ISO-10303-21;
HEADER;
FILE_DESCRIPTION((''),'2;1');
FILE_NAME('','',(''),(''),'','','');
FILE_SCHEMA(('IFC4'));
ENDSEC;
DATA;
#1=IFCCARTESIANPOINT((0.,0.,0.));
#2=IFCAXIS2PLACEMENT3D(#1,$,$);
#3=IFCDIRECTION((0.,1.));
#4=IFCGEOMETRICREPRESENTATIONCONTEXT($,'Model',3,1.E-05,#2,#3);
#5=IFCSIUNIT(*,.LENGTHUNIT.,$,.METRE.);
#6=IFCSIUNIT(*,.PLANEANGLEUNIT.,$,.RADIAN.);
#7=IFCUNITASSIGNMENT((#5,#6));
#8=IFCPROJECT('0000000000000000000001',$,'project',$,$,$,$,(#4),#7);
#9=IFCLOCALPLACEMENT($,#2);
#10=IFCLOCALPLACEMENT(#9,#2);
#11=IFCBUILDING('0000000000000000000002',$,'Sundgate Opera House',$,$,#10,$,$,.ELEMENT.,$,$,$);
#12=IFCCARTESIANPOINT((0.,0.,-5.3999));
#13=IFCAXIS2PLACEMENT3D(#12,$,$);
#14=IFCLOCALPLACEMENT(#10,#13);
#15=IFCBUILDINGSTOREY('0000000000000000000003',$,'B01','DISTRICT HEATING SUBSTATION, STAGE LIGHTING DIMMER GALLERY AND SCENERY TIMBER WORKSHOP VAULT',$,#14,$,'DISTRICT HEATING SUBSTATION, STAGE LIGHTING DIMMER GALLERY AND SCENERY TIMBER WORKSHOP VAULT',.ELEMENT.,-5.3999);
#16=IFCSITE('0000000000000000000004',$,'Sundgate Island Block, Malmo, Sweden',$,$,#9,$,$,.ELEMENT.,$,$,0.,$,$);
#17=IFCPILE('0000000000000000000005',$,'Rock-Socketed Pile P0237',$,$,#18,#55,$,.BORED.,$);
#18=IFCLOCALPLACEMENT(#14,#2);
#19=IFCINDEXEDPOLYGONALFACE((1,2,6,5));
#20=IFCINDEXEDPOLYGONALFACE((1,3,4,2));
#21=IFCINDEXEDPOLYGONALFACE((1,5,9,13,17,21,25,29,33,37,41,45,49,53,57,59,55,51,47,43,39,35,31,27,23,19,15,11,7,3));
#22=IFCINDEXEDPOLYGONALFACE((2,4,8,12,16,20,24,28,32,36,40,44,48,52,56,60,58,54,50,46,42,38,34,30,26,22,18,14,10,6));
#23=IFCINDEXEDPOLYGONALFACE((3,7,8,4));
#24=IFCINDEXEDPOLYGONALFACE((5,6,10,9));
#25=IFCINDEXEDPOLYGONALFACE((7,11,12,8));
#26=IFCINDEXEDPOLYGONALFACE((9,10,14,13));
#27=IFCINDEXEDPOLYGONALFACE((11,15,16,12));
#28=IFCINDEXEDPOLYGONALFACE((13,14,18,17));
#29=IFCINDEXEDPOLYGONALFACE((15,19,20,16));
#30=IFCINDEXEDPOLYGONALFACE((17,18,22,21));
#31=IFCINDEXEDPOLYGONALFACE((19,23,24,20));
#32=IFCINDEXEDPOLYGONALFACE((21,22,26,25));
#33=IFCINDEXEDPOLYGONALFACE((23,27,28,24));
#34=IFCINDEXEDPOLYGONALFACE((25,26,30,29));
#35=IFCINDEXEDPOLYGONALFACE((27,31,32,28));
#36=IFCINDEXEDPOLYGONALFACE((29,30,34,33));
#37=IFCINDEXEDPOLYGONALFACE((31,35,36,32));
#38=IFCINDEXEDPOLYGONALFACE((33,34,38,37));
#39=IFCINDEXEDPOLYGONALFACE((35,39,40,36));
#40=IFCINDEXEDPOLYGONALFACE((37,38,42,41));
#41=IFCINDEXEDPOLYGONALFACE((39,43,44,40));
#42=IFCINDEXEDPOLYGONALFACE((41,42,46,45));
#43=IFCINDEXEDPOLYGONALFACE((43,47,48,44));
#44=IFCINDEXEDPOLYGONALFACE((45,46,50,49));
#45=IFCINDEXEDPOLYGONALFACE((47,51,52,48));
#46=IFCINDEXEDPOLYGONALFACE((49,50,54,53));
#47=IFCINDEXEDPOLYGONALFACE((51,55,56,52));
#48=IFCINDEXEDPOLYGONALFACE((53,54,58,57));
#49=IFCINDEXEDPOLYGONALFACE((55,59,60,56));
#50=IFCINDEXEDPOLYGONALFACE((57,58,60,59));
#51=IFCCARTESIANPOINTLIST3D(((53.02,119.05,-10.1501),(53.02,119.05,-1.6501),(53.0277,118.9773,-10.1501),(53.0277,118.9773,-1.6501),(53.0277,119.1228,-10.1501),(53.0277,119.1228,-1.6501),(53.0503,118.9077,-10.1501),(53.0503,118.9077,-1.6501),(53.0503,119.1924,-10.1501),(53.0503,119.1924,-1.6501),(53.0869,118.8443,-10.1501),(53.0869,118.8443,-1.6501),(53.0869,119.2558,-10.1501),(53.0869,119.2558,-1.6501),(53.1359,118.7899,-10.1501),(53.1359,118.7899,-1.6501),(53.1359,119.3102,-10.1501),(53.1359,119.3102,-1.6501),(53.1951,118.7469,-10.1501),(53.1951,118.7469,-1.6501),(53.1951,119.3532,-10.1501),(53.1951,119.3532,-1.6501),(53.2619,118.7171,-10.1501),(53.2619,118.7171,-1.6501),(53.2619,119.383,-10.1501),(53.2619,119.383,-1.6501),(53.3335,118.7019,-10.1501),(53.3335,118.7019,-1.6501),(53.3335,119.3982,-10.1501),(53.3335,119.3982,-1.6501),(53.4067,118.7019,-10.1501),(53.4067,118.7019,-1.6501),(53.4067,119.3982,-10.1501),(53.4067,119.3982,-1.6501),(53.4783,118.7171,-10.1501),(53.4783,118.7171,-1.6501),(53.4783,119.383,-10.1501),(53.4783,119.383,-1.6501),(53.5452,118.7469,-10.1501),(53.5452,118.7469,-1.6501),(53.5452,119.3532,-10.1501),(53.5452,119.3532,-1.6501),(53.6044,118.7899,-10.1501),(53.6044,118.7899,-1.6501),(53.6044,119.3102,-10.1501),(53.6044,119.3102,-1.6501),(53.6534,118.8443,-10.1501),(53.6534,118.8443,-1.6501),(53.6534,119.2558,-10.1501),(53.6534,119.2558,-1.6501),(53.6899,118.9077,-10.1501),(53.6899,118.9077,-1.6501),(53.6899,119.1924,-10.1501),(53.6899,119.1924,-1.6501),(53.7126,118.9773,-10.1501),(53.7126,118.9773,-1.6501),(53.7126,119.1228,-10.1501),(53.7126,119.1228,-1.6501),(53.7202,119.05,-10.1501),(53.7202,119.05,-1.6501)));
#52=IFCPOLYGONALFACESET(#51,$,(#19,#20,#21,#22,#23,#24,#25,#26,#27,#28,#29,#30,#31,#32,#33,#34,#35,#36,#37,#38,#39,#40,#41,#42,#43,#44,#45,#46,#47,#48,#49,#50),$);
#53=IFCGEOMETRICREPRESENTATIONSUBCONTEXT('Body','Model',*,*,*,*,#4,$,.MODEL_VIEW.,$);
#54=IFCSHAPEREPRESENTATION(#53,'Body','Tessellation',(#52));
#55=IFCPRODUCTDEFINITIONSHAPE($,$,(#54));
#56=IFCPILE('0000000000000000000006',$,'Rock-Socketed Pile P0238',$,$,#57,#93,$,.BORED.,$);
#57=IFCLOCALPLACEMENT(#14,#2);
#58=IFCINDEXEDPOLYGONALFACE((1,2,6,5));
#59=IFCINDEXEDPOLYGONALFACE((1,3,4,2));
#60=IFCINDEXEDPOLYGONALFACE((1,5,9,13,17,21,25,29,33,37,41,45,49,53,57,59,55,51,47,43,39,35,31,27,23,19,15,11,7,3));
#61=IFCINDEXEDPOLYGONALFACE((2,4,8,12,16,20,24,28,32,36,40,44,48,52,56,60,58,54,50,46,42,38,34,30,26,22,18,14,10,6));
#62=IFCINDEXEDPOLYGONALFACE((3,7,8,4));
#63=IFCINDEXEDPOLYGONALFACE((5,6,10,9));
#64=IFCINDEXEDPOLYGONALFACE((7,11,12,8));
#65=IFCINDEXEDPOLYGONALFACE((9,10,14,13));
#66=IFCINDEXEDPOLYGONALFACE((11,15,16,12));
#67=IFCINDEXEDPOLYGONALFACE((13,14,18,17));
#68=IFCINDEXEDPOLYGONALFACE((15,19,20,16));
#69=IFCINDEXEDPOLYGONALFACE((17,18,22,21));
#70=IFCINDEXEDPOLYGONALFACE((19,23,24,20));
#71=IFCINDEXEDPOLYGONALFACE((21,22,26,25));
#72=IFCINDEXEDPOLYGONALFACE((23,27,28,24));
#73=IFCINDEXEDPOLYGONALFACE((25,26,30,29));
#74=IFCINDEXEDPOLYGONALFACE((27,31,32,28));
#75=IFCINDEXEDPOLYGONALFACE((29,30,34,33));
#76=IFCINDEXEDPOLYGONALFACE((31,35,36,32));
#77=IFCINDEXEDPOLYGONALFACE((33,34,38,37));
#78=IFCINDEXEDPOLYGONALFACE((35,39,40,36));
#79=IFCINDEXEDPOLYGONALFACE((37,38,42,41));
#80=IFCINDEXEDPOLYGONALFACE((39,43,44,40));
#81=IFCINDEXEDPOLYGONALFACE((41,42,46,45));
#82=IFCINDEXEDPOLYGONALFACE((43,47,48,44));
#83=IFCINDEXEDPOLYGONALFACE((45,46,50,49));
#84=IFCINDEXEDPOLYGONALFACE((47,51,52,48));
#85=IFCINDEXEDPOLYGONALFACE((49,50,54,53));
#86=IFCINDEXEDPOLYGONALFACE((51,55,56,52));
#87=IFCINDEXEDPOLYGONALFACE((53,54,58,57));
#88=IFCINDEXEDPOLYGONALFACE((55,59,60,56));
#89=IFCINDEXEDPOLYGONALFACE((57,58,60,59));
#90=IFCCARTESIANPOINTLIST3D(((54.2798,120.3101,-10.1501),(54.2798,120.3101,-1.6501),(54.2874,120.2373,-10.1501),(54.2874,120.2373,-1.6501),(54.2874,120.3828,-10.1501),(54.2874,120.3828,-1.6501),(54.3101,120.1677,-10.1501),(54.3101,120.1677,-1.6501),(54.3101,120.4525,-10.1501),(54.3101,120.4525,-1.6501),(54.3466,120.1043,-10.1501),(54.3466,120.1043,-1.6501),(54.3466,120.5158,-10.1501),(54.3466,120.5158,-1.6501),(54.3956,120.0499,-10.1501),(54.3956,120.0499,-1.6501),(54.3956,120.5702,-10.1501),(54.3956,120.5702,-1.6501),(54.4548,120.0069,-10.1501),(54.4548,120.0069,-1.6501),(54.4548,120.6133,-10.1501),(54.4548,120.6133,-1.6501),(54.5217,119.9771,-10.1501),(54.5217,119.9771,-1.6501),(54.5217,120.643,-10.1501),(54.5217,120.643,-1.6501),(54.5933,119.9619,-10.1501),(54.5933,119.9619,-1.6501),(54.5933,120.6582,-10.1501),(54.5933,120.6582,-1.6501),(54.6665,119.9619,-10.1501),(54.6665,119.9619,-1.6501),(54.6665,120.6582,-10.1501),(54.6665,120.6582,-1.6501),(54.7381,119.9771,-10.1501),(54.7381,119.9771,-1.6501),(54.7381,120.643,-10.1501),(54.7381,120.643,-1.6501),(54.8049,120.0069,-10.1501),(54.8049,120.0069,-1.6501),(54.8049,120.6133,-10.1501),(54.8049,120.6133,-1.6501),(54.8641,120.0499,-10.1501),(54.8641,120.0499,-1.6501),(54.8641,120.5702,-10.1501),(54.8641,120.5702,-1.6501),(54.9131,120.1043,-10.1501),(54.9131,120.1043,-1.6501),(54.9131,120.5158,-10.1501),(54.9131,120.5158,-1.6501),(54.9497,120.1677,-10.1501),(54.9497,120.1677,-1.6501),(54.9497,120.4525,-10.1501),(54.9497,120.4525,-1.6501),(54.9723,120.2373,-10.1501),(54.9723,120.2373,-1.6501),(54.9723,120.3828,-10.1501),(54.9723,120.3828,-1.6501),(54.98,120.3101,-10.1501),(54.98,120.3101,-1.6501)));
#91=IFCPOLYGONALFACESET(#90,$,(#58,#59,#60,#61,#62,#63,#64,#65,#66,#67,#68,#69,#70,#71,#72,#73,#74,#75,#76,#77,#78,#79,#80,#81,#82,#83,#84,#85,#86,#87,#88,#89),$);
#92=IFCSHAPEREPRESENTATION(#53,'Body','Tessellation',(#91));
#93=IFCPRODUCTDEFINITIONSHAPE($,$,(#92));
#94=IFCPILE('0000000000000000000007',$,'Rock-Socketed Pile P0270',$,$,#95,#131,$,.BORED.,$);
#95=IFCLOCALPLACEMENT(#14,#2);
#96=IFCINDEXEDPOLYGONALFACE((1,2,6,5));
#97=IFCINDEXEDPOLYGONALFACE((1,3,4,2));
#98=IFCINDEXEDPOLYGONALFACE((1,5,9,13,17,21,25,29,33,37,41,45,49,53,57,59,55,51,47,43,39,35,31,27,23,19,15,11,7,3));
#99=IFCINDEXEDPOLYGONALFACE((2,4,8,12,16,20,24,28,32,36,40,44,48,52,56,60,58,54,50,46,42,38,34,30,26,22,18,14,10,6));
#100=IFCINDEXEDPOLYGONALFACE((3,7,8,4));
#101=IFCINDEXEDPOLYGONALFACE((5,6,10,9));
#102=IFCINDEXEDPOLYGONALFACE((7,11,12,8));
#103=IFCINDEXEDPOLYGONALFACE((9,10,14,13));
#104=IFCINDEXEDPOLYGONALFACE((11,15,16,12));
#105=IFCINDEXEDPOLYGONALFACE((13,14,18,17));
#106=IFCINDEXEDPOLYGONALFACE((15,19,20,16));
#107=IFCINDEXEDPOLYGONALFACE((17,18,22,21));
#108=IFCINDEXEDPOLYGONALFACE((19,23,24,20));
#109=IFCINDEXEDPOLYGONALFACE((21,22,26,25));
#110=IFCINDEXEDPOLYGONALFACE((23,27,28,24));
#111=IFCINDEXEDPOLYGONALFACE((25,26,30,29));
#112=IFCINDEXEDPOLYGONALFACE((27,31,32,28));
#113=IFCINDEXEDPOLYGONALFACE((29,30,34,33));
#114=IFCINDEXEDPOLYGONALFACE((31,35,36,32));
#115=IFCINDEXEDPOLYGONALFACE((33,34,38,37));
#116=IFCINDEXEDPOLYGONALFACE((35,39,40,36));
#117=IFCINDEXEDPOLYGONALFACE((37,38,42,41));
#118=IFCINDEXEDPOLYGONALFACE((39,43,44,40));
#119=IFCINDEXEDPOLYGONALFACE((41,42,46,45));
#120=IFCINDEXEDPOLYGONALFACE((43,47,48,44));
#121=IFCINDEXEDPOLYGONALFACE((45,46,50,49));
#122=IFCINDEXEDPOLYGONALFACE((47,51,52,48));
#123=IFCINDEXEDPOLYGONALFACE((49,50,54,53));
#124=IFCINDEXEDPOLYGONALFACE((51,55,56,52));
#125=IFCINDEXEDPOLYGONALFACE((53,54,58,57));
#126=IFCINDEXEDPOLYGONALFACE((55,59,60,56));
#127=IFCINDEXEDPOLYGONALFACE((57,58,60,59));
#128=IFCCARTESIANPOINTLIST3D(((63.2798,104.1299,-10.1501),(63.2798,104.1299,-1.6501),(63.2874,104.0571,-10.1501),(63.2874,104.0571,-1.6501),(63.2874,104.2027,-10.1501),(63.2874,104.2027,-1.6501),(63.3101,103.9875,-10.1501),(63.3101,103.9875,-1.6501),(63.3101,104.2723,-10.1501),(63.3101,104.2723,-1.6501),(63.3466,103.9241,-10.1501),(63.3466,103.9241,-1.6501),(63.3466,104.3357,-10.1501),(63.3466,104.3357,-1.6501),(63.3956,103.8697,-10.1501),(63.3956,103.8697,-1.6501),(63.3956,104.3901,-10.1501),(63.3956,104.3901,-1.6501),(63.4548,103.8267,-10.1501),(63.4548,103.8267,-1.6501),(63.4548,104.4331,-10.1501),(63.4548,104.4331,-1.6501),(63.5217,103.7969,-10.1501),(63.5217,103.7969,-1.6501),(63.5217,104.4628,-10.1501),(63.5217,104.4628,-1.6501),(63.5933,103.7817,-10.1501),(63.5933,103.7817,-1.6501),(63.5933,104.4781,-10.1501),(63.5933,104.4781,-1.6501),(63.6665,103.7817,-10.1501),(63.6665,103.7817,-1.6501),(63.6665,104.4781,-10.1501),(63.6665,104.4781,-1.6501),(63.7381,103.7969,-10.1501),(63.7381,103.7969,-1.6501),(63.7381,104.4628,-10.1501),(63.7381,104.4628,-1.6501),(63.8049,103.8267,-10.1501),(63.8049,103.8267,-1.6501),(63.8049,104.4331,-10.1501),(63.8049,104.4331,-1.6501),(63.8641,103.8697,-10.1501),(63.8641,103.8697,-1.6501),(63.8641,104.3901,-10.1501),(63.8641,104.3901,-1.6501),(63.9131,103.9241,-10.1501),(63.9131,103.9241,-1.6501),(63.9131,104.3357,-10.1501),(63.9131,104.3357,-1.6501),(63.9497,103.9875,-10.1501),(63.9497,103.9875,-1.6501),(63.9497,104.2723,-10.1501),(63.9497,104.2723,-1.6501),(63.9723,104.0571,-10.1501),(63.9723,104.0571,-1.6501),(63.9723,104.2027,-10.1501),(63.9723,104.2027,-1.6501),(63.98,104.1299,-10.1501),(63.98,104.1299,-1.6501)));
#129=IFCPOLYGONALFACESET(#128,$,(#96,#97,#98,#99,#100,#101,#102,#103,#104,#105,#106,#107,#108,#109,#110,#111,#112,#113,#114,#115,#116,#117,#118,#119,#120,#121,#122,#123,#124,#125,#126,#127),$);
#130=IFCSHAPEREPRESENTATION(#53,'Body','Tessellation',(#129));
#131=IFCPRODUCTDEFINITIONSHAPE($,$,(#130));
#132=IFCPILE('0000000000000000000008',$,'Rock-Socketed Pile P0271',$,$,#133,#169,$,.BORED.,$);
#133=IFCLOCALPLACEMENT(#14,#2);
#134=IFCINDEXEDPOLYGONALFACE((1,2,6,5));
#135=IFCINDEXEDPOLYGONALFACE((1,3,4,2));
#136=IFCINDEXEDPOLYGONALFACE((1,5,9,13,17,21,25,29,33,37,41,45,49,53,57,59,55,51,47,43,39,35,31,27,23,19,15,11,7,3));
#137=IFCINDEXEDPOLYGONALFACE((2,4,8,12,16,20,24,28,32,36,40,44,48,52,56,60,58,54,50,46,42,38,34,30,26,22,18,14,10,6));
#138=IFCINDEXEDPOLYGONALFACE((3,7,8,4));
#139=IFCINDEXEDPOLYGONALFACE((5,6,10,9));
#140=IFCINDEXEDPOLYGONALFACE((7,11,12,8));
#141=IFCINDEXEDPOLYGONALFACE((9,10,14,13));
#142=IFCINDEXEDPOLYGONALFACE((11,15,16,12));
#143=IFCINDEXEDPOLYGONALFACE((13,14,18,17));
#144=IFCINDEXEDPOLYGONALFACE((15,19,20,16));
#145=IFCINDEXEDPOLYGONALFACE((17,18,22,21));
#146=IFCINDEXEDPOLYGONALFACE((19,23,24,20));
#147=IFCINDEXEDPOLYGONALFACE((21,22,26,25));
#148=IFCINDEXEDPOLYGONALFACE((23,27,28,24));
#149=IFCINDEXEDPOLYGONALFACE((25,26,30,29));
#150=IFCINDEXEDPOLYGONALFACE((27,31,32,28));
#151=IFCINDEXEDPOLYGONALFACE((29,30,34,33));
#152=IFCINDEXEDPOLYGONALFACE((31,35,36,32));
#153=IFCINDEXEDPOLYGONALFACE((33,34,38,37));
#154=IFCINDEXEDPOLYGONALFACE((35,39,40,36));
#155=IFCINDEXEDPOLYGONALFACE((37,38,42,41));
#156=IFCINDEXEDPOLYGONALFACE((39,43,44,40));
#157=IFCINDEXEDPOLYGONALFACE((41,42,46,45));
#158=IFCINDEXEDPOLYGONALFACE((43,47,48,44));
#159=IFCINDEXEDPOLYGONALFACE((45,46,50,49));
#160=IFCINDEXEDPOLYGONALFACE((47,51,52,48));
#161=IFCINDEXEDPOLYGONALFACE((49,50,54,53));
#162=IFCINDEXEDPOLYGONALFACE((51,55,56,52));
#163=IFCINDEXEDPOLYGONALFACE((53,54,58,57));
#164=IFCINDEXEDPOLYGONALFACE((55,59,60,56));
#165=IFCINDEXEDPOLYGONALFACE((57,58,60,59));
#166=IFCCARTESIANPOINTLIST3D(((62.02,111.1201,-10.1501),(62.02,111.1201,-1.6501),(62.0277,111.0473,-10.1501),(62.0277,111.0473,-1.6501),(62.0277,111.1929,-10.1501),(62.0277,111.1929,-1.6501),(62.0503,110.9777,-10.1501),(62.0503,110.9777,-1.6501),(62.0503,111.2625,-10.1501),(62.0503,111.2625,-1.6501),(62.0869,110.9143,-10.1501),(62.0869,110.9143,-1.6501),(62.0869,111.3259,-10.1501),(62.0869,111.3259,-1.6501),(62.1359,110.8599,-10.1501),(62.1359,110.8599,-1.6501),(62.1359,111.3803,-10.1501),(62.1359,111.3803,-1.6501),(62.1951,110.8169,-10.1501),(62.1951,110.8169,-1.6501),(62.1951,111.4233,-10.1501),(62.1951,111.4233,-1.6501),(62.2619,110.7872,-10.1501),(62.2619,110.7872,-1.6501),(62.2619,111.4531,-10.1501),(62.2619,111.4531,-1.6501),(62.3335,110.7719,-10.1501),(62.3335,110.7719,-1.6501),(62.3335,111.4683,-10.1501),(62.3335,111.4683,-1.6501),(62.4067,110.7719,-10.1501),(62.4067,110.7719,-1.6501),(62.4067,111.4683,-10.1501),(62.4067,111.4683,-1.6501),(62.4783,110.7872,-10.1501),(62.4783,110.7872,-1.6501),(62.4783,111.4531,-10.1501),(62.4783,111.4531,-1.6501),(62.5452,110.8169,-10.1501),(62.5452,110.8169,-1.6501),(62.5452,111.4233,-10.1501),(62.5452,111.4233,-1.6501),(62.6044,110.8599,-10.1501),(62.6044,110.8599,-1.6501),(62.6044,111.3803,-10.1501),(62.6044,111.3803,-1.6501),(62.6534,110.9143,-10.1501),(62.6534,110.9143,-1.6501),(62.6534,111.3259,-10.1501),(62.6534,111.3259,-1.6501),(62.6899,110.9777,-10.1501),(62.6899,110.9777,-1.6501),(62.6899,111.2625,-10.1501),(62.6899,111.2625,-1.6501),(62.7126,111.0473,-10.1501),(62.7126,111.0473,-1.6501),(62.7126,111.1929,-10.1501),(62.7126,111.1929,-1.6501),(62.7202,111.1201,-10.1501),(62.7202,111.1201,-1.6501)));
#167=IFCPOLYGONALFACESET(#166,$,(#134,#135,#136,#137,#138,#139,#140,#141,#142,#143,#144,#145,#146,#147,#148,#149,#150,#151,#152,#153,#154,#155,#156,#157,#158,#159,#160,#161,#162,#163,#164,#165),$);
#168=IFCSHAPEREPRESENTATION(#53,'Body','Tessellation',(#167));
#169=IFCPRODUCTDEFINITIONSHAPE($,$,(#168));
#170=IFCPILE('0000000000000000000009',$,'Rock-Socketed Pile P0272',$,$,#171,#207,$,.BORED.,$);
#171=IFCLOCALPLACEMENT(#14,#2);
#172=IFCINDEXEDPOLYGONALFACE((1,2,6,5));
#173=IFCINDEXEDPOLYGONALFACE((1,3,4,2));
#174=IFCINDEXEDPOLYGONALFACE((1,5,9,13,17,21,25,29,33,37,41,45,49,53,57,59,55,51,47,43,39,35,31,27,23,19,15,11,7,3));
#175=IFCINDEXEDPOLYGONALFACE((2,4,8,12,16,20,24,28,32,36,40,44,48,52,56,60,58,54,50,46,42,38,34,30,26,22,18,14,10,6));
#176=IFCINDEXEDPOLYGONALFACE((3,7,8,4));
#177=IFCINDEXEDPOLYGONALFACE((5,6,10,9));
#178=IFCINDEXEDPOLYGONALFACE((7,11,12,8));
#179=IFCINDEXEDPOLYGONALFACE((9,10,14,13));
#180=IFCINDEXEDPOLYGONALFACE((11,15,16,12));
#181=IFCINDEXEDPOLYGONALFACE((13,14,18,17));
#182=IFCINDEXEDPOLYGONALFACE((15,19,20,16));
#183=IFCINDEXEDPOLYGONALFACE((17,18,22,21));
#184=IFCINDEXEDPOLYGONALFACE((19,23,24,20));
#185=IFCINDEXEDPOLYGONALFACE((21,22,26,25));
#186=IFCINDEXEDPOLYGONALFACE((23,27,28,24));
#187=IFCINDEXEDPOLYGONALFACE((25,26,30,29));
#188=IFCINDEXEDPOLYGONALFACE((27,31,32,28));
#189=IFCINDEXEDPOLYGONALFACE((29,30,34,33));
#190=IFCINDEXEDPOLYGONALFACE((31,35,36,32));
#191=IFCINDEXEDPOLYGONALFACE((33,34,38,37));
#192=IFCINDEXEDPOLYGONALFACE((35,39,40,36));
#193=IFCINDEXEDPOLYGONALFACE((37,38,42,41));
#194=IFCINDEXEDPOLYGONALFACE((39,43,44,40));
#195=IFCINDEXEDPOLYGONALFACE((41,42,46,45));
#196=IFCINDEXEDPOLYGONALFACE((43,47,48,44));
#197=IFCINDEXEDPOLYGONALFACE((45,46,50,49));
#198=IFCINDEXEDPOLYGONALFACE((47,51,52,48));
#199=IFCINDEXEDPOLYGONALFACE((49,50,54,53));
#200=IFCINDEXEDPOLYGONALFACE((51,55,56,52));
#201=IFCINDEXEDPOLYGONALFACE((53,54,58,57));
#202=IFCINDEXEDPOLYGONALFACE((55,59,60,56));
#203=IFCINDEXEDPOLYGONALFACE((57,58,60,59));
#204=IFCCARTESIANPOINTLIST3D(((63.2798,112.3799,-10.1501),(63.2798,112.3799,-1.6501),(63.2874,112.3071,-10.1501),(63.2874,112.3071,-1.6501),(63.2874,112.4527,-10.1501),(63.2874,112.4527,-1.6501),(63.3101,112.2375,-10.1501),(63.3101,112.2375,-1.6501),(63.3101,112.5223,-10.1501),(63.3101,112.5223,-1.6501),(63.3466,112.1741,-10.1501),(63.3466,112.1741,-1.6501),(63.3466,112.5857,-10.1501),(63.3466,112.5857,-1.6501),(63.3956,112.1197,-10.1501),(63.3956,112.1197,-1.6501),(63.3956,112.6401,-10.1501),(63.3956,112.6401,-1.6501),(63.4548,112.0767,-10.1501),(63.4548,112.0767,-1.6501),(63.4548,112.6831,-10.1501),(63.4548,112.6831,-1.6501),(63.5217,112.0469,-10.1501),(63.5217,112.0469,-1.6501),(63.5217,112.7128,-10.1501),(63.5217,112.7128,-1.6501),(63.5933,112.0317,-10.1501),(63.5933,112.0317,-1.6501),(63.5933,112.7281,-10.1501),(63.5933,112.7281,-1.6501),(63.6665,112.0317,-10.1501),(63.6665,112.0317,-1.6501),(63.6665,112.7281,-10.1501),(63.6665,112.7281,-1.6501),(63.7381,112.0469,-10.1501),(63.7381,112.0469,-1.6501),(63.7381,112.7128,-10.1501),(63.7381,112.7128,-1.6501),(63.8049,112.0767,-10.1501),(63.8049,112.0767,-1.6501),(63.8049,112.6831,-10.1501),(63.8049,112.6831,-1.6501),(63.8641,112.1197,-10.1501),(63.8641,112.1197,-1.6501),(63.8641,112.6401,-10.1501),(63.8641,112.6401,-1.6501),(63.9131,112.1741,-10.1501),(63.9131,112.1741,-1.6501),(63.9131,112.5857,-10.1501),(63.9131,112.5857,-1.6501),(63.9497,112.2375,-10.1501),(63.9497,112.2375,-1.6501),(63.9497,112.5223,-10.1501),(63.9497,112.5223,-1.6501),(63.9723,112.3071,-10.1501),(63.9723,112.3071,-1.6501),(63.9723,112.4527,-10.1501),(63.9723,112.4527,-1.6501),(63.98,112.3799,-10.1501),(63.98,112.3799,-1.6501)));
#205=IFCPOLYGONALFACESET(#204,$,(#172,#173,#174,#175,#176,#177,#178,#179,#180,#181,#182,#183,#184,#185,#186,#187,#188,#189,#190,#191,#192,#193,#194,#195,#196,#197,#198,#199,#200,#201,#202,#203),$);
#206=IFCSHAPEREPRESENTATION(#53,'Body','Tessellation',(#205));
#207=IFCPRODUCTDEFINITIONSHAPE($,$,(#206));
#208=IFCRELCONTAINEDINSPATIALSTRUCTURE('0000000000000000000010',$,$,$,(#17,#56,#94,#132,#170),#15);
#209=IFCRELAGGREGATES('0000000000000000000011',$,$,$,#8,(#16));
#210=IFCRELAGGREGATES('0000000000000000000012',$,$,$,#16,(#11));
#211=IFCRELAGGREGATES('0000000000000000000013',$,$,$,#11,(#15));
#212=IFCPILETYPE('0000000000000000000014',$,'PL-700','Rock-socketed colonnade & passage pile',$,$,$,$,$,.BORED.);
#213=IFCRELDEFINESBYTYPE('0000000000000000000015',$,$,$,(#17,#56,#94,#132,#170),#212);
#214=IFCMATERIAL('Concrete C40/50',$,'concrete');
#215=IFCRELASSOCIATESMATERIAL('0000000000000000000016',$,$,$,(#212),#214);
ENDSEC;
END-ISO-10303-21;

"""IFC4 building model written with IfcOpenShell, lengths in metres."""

from ifc_helpers import new_model, si_unit, direction, frame, origin, origin_2d, place, context, subcontext, project, spatial, circle, extrude, material, material_profile, profile_set, type_object, element, save


model = new_model("IFC4")

# Units and contexts
model_context = context("Model", 3, precision=1e-05, world=origin(), true_north=direction((0.0, 1.0)))
body_context = subcontext(model_context, "Body", "Model", "MODEL_VIEW")
ifc_project = project(units=[si_unit("LENGTHUNIT", "METRE"), si_unit("PLANEANGLEUNIT", "RADIAN")], contexts=[model_context])

# Site, building, storey
site_placement = place(None, origin())
site = spatial("IfcSite", under=ifc_project, at=site_placement, Name="Sundgate Island Block, Malmo, Sweden", CompositionType="ELEMENT", RefElevation=0.0)
building_placement = place(site_placement, origin())
building = spatial("IfcBuilding", under=site, at=building_placement, Name="Sundgate Opera House", CompositionType="ELEMENT")
storey_placement = place(building_placement, frame((0.0, 0.0, -5.3999)))
storey = spatial("IfcBuildingStorey", under=building, at=storey_placement, Name="B01", Description="DISTRICT HEATING SUBSTATION, STAGE LIGHTING DIMMER GALLERY AND SCENERY TIMBER WORKSHOP VAULT", LongName="DISTRICT HEATING SUBSTATION, STAGE LIGHTING DIMMER GALLERY AND SCENERY TIMBER WORKSHOP VAULT", CompositionType="ELEMENT", Elevation=-5.3999)

# Piles
ifc_material_1 = material(Name="Concrete C40/50", Category="concrete")
ifc_material_profile_1 = material_profile(ifc_material_1, circle(Radius=0.3501, at=origin_2d()), Name="PILE D700")
ifc_profile_set_1 = profile_set([ifc_material_profile_1], Name="Concrete C40/50")
pile_type = type_object("IfcPileType", Name="PL-700", Description="Rock-socketed colonnade & passage pile", PredefinedType="BORED", material=ifc_profile_set_1)
for number, where, z_axis, x_axis, name in (
    (1, (53.3701, 119.05, -1.6501), (0.0, 0.0, -1.0), (1.0, 0.0, 0.0), "Rock-Socketed Pile P0237"),
    (2, (54.6299, 120.3101, -1.6501), (0.0, 0.0, -1.0), (1.0, 0.0, 0.0), "Rock-Socketed Pile P0238"),
    (3, (63.6299, 104.1299, -1.6501), (0.0, 0.0, -1.0), (1.0, 0.0, 0.0), "Rock-Socketed Pile P0270"),
    (4, (62.3701, 111.1201, -1.6501), (0.0, 0.0, -1.0), (1.0, 0.0, 0.0), "Rock-Socketed Pile P0271"),
    (5, (63.6299, 112.3799, -1.6501), (0.0, 0.0, -1.0), (1.0, 0.0, 0.0), "Rock-Socketed Pile P0272"),
):
    element("IfcPile", number, at=place(storey_placement, frame(where, z_axis=z_axis, x_axis=x_axis)), inside=storey, type_object=pile_type, Name=name, PredefinedType="BORED", context=body_context, shape_type="SweptSolid", body=[
        extrude(circle(Radius=0.3501, at=origin_2d()), origin(), (0.0, 0.0, 1.0), 8.5),
    ])

save(model, "model.ifc")
